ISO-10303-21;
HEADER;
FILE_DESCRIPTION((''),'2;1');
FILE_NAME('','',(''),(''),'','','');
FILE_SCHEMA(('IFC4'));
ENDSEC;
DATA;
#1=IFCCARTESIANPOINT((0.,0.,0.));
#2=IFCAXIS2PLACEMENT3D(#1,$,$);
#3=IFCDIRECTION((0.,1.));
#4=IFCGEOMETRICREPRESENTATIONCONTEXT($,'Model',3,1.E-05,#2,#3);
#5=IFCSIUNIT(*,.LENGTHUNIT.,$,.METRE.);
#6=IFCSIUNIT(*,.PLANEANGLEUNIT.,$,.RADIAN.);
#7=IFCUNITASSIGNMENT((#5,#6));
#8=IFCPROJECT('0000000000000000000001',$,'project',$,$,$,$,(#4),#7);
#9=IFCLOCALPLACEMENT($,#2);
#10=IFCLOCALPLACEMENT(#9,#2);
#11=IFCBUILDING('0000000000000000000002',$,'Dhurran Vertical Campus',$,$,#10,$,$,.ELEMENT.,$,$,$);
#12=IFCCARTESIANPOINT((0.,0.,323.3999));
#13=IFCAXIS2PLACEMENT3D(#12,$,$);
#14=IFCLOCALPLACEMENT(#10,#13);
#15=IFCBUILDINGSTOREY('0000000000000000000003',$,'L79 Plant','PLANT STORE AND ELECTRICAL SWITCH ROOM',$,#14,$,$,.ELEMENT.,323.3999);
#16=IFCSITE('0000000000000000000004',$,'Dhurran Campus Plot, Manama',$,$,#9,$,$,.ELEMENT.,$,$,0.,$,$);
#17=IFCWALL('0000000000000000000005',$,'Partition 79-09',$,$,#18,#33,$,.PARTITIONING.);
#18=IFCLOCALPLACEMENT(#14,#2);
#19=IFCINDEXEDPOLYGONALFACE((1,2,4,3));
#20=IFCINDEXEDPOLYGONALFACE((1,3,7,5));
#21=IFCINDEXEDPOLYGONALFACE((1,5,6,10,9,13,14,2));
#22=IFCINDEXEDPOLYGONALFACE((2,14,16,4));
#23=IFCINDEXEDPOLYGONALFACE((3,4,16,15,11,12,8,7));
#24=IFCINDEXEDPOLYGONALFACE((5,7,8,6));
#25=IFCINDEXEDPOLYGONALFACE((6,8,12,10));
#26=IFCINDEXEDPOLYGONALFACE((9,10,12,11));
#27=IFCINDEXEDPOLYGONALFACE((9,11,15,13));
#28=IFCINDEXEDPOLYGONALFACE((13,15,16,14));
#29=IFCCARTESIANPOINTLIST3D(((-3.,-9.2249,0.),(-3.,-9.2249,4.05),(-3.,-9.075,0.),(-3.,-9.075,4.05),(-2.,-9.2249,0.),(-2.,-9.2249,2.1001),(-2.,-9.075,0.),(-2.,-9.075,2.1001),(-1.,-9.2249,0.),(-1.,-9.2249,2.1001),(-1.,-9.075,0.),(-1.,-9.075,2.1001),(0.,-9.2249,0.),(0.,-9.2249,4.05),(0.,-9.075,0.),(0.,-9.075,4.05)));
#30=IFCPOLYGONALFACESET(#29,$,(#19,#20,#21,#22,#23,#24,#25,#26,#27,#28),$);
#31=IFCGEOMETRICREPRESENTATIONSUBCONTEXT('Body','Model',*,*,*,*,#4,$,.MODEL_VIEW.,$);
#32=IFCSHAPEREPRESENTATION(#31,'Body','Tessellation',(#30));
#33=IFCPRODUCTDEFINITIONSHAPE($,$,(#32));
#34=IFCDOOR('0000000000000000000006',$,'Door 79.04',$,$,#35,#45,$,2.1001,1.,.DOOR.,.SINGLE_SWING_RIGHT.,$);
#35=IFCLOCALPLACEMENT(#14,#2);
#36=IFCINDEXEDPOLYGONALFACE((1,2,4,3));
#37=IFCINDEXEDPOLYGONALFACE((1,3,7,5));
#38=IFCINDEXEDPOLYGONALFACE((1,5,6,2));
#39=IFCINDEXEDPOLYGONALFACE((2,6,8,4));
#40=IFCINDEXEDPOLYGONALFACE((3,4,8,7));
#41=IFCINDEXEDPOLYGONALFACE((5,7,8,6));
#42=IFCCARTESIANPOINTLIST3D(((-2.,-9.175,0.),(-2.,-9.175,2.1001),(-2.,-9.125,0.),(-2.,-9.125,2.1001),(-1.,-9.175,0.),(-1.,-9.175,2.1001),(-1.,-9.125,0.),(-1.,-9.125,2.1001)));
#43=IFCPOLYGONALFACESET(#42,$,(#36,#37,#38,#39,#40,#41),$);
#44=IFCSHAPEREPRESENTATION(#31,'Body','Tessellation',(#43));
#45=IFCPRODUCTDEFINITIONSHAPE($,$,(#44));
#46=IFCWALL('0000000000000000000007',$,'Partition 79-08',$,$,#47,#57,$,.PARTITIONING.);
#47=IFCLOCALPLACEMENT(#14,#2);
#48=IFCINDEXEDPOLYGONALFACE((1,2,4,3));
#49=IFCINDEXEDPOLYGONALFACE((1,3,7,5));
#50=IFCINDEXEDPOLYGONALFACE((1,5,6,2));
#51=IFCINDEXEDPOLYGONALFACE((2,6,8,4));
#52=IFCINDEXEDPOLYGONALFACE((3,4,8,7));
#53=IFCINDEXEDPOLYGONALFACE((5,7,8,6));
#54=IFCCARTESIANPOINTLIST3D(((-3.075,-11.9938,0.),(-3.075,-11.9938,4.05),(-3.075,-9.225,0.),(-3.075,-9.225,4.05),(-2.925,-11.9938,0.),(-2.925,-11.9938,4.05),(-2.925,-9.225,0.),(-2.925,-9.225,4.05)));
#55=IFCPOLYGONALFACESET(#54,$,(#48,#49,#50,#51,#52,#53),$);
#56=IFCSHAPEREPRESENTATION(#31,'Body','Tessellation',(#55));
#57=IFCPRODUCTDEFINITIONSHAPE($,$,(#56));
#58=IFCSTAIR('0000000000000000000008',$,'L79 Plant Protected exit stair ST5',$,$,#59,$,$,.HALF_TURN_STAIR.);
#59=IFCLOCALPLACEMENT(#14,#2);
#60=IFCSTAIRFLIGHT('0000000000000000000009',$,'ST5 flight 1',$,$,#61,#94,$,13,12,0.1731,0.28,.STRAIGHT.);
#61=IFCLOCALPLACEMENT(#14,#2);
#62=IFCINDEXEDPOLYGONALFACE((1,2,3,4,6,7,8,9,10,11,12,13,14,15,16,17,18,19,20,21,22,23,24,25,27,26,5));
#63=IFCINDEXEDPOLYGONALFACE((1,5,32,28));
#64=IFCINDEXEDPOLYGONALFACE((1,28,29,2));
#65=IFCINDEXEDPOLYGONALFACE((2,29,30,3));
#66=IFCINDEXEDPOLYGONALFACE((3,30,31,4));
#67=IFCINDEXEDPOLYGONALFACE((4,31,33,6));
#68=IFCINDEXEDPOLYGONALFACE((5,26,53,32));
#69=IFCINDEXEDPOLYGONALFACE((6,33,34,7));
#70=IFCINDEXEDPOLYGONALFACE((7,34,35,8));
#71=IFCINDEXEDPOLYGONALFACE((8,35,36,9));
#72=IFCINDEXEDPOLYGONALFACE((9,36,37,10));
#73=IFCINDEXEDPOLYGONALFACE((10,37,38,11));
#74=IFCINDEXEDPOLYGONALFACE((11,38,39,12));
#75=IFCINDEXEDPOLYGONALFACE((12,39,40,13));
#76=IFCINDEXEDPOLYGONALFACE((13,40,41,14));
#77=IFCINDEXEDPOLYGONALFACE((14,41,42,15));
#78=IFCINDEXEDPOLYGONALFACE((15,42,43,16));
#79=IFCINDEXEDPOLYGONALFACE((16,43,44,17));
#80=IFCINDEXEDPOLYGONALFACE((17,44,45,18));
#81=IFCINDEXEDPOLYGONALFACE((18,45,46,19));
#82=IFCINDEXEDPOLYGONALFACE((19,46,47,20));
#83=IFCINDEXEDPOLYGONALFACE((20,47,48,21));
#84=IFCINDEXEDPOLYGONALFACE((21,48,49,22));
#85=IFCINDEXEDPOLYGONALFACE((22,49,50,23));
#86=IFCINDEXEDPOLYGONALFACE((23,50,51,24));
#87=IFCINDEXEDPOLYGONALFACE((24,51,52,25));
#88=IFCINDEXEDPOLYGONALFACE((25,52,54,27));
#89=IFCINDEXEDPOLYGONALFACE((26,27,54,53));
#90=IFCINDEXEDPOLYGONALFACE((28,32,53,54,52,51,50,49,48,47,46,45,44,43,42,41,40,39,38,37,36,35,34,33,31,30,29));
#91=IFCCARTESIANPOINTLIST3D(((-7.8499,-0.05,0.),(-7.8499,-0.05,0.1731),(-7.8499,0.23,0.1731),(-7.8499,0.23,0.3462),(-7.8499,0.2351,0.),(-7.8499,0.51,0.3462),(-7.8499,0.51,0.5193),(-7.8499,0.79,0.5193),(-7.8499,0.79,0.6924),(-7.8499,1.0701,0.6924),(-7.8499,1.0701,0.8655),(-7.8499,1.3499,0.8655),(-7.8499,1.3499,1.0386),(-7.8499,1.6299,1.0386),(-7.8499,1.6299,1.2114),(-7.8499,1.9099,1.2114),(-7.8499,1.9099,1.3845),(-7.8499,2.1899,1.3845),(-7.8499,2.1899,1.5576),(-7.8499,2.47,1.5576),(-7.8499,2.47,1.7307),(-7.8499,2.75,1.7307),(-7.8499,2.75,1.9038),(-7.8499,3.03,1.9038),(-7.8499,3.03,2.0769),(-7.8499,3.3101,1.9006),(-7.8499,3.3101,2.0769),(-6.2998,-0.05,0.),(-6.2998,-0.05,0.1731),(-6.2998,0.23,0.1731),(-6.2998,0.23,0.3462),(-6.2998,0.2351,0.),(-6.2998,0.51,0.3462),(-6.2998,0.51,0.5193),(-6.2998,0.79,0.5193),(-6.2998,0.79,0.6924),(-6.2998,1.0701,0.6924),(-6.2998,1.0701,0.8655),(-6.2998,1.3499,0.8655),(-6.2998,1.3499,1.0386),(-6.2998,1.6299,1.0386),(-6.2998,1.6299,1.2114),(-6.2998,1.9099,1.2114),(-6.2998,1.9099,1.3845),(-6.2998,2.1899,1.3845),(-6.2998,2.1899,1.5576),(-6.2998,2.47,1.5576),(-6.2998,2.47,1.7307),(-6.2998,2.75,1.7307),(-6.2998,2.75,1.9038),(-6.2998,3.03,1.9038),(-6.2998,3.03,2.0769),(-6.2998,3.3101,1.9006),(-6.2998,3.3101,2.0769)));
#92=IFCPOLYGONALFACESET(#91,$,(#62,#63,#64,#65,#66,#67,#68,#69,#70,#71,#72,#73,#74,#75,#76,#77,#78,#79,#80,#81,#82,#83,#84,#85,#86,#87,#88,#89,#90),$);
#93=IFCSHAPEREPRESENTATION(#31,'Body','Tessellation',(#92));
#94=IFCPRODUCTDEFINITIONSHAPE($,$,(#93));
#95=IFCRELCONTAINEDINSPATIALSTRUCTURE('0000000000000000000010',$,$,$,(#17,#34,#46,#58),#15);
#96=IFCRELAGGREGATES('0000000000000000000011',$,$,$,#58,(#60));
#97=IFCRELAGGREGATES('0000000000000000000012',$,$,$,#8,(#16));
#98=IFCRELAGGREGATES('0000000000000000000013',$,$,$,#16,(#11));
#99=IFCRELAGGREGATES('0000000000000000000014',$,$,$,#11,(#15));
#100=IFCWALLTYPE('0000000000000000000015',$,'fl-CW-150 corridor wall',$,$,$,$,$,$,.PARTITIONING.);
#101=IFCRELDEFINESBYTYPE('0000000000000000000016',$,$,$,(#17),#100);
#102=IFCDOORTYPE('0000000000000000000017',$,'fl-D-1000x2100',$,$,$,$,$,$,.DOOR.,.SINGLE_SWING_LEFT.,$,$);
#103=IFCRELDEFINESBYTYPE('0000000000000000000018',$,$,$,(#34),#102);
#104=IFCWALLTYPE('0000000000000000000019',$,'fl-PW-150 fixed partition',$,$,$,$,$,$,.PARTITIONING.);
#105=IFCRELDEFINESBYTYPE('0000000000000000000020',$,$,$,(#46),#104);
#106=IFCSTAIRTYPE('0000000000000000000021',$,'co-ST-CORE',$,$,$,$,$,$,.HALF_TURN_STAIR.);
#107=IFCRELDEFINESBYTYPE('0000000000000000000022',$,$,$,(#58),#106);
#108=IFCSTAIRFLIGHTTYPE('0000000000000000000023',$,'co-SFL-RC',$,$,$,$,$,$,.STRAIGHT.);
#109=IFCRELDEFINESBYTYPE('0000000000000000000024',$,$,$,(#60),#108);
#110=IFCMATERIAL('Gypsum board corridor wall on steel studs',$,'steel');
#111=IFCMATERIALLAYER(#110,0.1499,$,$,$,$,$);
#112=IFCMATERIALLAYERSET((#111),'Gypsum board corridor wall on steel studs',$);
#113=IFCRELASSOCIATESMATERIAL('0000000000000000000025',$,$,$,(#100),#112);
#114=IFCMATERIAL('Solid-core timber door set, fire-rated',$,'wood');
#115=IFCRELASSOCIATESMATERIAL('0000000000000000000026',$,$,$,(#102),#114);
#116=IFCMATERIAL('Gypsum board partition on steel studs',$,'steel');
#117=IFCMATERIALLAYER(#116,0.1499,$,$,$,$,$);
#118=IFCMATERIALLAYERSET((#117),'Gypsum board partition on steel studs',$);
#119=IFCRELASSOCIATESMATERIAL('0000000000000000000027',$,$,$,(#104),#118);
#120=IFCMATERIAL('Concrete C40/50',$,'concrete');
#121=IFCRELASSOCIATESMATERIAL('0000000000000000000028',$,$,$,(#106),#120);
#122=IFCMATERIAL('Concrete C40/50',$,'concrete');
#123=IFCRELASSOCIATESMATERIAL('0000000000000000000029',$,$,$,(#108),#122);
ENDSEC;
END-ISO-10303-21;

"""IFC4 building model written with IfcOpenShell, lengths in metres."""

from ifc_helpers import new_model, si_unit, direction, frame, frame_2d, origin, place, context, subcontext, project, spatial, polyline, rectangle, outline, extrude, material, layer, layer_set, type_object, element, fill, aggregate, save


model = new_model("IFC4")

# Units and contexts
model_context = context("Model", 3, precision=1e-05, world=origin(), true_north=direction((0.0, 1.0)))
body_context = subcontext(model_context, "Body", "Model", "MODEL_VIEW")
ifc_project = project(units=[si_unit("LENGTHUNIT", "METRE"), si_unit("PLANEANGLEUNIT", "RADIAN")], contexts=[model_context])

# Site, building, storey
site_placement = place(None, origin())
site = spatial("IfcSite", under=ifc_project, at=site_placement, Name="Dhurran Campus Plot, Manama", CompositionType="ELEMENT", RefElevation=0.0)
building_placement = place(site_placement, origin())
building = spatial("IfcBuilding", under=site, at=building_placement, Name="Dhurran Vertical Campus", CompositionType="ELEMENT")
storey_placement = place(building_placement, frame((0.0, 0.0, 323.3999)))
storey = spatial("IfcBuildingStorey", under=building, at=storey_placement, Name="L79 Plant", Description="PLANT STORE AND ELECTRICAL SWITCH ROOM", CompositionType="ELEMENT", Elevation=323.3999)

# Wall, opening, door
ifc_material_1 = material(Name="Gypsum board corridor wall on steel studs", Category="steel")
ifc_layer_1 = layer(ifc_material_1, 0.1499)
ifc_layer_set_1 = layer_set([ifc_layer_1], Name="Gypsum board corridor wall on steel studs")
wall_type_1 = type_object("IfcWallType", Name="fl-CW-150 corridor wall", PredefinedType="PARTITIONING", material=ifc_layer_set_1)
wall_1_placement = place(storey_placement, frame((-3.0, -9.1499, 0.0), z_axis=(0.0, 0.0, 1.0), x_axis=(1.0, 0.0, 0.0)))
wall_1 = element("IfcWall", 1, at=wall_1_placement, inside=storey, type_object=wall_type_1, Name="Partition 79-09", PredefinedType="PARTITIONING", context=body_context, shape_type="SweptSolid", body=[
    extrude(rectangle(XDim=3.0, YDim=0.1499, at=frame_2d((1.5, 0.0))), origin(), (0.0, 0.0, 1.0), 4.05),
])
opening_1_placement = place(wall_1_placement, frame((1.0, 0.0, 0.0)))
opening_1 = element("IfcOpeningElement", 2, at=opening_1_placement, cuts=wall_1, PredefinedType="OPENING", context=body_context, shape_type="SweptSolid", body=[
    extrude(rectangle(XDim=1.0, YDim=2.1001, at=frame_2d((0.5, 1.05))), frame((0.0, 0.085, 0.0), z_axis=(0.0, -1.0, 0.0), x_axis=(1.0, 0.0, 0.0)), (0.0, 0.0, 1.0), 0.1699),
])
ifc_material_2 = material(Name="Solid-core timber door set, fire-rated", Category="wood")
door_type_1 = type_object("IfcDoorType", Name="fl-D-1000x2100", OperationType="SINGLE_SWING_LEFT", PredefinedType="DOOR", material=ifc_material_2)
door_1_placement = place(opening_1_placement, origin())
door_1 = element("IfcDoor", 3, at=door_1_placement, inside=storey, type_object=door_type_1, Name="Door 79.04", OperationType="SINGLE_SWING_RIGHT", OverallHeight=2.1001, OverallWidth=1.0, PredefinedType="DOOR", context=body_context, shape_type="SweptSolid", body=[
    extrude(rectangle(XDim=1.0, YDim=2.1001, at=frame_2d((0.5, 1.05))), frame((0.0, 0.0249, 0.0), z_axis=(0.0, -1.0, 0.0), x_axis=(1.0, 0.0, 0.0)), (0.0, 0.0, 1.0), 0.05),
])
fill(opening_1, door_1)

# Wall
ifc_material_3 = material(Name="Gypsum board partition on steel studs", Category="steel")
ifc_layer_2 = layer(ifc_material_3, 0.1499)
ifc_layer_set_2 = layer_set([ifc_layer_2], Name="Gypsum board partition on steel studs")
wall_type_2 = type_object("IfcWallType", Name="fl-PW-150 fixed partition", PredefinedType="PARTITIONING", material=ifc_layer_set_2)
wall_2_placement = place(storey_placement, frame((-3.0, -9.2251, 0.0), z_axis=(0.0, 0.0, 1.0), x_axis=(0.0, -1.0, 0.0)))
element("IfcWall", 4, at=wall_2_placement, inside=storey, type_object=wall_type_2, Name="Partition 79-08", PredefinedType="PARTITIONING", context=body_context, shape_type="SweptSolid", body=[
    extrude(rectangle(XDim=2.7688, YDim=0.1499, at=frame_2d((1.3843, 0.0))), origin(), (0.0, 0.0, 1.0), 4.05),
])

# Stair, stair flight
ifc_material_4 = material(Name="Concrete C40/50", Category="concrete")
stair_type = type_object("IfcStairType", Name="co-ST-CORE", PredefinedType="HALF_TURN_STAIR", material=ifc_material_4)
stair_placement = place(storey_placement, origin())
stair = element("IfcStair", 5, at=stair_placement, inside=storey, type_object=stair_type, Name="L79 Plant Protected exit stair ST5", PredefinedType="HALF_TURN_STAIR")
ifc_material_5 = material(Name="Concrete C40/50", Category="concrete")
stair_flight_type = type_object("IfcStairFlightType", Name="co-SFL-RC", PredefinedType="STRAIGHT", material=ifc_material_5)
stair_flight_placement = place(storey_placement, frame((-7.075, -0.05, 0.0), z_axis=(0.0, 0.0, 1.0), x_axis=(0.0, 1.0, 0.0)))
stair_flight = element("IfcStairFlight", 6, at=stair_flight_placement, type_object=stair_flight_type, Name="ST5 flight 1", NumberOfRisers=13, NumberOfTreads=12, PredefinedType="STRAIGHT", RiserHeight=0.1731, TreadLength=0.28, context=body_context, shape_type="SweptSolid", body=[
    extrude(outline(polyline([(0.0, 0.0), (0.0, 0.1731), (0.28, 0.1731), (0.28, 0.3462), (0.5601, 0.3462), (0.5601, 0.5193), (0.8401, 0.5193), (0.8401, 0.6924), (1.1201, 0.6924), (1.1201, 0.8655), (1.3999, 0.8655), (1.3999, 1.0386), (1.6799, 1.0386), (1.6799, 1.2114), (1.96, 1.2114), (1.96, 1.3845), (2.24, 1.3845), (2.24, 1.5576), (2.52, 1.5576), (2.52, 1.7307), (2.8, 1.7307), (2.8, 1.9038), (3.0801, 1.9038), (3.0801, 2.0769), (3.3601, 2.0769), (3.3601, 2.25), (3.3601, 1.9006), (0.2852, 0.0), (0.0, 0.0)])), frame((0.0, 0.7749, 0.0), z_axis=(0.0, -1.0, 0.0), x_axis=(1.0, 0.0, 0.0)), (0.0, 0.0, 1.0), 1.55),
])
aggregate(stair, [stair_flight])

save(model, "model.ifc")
